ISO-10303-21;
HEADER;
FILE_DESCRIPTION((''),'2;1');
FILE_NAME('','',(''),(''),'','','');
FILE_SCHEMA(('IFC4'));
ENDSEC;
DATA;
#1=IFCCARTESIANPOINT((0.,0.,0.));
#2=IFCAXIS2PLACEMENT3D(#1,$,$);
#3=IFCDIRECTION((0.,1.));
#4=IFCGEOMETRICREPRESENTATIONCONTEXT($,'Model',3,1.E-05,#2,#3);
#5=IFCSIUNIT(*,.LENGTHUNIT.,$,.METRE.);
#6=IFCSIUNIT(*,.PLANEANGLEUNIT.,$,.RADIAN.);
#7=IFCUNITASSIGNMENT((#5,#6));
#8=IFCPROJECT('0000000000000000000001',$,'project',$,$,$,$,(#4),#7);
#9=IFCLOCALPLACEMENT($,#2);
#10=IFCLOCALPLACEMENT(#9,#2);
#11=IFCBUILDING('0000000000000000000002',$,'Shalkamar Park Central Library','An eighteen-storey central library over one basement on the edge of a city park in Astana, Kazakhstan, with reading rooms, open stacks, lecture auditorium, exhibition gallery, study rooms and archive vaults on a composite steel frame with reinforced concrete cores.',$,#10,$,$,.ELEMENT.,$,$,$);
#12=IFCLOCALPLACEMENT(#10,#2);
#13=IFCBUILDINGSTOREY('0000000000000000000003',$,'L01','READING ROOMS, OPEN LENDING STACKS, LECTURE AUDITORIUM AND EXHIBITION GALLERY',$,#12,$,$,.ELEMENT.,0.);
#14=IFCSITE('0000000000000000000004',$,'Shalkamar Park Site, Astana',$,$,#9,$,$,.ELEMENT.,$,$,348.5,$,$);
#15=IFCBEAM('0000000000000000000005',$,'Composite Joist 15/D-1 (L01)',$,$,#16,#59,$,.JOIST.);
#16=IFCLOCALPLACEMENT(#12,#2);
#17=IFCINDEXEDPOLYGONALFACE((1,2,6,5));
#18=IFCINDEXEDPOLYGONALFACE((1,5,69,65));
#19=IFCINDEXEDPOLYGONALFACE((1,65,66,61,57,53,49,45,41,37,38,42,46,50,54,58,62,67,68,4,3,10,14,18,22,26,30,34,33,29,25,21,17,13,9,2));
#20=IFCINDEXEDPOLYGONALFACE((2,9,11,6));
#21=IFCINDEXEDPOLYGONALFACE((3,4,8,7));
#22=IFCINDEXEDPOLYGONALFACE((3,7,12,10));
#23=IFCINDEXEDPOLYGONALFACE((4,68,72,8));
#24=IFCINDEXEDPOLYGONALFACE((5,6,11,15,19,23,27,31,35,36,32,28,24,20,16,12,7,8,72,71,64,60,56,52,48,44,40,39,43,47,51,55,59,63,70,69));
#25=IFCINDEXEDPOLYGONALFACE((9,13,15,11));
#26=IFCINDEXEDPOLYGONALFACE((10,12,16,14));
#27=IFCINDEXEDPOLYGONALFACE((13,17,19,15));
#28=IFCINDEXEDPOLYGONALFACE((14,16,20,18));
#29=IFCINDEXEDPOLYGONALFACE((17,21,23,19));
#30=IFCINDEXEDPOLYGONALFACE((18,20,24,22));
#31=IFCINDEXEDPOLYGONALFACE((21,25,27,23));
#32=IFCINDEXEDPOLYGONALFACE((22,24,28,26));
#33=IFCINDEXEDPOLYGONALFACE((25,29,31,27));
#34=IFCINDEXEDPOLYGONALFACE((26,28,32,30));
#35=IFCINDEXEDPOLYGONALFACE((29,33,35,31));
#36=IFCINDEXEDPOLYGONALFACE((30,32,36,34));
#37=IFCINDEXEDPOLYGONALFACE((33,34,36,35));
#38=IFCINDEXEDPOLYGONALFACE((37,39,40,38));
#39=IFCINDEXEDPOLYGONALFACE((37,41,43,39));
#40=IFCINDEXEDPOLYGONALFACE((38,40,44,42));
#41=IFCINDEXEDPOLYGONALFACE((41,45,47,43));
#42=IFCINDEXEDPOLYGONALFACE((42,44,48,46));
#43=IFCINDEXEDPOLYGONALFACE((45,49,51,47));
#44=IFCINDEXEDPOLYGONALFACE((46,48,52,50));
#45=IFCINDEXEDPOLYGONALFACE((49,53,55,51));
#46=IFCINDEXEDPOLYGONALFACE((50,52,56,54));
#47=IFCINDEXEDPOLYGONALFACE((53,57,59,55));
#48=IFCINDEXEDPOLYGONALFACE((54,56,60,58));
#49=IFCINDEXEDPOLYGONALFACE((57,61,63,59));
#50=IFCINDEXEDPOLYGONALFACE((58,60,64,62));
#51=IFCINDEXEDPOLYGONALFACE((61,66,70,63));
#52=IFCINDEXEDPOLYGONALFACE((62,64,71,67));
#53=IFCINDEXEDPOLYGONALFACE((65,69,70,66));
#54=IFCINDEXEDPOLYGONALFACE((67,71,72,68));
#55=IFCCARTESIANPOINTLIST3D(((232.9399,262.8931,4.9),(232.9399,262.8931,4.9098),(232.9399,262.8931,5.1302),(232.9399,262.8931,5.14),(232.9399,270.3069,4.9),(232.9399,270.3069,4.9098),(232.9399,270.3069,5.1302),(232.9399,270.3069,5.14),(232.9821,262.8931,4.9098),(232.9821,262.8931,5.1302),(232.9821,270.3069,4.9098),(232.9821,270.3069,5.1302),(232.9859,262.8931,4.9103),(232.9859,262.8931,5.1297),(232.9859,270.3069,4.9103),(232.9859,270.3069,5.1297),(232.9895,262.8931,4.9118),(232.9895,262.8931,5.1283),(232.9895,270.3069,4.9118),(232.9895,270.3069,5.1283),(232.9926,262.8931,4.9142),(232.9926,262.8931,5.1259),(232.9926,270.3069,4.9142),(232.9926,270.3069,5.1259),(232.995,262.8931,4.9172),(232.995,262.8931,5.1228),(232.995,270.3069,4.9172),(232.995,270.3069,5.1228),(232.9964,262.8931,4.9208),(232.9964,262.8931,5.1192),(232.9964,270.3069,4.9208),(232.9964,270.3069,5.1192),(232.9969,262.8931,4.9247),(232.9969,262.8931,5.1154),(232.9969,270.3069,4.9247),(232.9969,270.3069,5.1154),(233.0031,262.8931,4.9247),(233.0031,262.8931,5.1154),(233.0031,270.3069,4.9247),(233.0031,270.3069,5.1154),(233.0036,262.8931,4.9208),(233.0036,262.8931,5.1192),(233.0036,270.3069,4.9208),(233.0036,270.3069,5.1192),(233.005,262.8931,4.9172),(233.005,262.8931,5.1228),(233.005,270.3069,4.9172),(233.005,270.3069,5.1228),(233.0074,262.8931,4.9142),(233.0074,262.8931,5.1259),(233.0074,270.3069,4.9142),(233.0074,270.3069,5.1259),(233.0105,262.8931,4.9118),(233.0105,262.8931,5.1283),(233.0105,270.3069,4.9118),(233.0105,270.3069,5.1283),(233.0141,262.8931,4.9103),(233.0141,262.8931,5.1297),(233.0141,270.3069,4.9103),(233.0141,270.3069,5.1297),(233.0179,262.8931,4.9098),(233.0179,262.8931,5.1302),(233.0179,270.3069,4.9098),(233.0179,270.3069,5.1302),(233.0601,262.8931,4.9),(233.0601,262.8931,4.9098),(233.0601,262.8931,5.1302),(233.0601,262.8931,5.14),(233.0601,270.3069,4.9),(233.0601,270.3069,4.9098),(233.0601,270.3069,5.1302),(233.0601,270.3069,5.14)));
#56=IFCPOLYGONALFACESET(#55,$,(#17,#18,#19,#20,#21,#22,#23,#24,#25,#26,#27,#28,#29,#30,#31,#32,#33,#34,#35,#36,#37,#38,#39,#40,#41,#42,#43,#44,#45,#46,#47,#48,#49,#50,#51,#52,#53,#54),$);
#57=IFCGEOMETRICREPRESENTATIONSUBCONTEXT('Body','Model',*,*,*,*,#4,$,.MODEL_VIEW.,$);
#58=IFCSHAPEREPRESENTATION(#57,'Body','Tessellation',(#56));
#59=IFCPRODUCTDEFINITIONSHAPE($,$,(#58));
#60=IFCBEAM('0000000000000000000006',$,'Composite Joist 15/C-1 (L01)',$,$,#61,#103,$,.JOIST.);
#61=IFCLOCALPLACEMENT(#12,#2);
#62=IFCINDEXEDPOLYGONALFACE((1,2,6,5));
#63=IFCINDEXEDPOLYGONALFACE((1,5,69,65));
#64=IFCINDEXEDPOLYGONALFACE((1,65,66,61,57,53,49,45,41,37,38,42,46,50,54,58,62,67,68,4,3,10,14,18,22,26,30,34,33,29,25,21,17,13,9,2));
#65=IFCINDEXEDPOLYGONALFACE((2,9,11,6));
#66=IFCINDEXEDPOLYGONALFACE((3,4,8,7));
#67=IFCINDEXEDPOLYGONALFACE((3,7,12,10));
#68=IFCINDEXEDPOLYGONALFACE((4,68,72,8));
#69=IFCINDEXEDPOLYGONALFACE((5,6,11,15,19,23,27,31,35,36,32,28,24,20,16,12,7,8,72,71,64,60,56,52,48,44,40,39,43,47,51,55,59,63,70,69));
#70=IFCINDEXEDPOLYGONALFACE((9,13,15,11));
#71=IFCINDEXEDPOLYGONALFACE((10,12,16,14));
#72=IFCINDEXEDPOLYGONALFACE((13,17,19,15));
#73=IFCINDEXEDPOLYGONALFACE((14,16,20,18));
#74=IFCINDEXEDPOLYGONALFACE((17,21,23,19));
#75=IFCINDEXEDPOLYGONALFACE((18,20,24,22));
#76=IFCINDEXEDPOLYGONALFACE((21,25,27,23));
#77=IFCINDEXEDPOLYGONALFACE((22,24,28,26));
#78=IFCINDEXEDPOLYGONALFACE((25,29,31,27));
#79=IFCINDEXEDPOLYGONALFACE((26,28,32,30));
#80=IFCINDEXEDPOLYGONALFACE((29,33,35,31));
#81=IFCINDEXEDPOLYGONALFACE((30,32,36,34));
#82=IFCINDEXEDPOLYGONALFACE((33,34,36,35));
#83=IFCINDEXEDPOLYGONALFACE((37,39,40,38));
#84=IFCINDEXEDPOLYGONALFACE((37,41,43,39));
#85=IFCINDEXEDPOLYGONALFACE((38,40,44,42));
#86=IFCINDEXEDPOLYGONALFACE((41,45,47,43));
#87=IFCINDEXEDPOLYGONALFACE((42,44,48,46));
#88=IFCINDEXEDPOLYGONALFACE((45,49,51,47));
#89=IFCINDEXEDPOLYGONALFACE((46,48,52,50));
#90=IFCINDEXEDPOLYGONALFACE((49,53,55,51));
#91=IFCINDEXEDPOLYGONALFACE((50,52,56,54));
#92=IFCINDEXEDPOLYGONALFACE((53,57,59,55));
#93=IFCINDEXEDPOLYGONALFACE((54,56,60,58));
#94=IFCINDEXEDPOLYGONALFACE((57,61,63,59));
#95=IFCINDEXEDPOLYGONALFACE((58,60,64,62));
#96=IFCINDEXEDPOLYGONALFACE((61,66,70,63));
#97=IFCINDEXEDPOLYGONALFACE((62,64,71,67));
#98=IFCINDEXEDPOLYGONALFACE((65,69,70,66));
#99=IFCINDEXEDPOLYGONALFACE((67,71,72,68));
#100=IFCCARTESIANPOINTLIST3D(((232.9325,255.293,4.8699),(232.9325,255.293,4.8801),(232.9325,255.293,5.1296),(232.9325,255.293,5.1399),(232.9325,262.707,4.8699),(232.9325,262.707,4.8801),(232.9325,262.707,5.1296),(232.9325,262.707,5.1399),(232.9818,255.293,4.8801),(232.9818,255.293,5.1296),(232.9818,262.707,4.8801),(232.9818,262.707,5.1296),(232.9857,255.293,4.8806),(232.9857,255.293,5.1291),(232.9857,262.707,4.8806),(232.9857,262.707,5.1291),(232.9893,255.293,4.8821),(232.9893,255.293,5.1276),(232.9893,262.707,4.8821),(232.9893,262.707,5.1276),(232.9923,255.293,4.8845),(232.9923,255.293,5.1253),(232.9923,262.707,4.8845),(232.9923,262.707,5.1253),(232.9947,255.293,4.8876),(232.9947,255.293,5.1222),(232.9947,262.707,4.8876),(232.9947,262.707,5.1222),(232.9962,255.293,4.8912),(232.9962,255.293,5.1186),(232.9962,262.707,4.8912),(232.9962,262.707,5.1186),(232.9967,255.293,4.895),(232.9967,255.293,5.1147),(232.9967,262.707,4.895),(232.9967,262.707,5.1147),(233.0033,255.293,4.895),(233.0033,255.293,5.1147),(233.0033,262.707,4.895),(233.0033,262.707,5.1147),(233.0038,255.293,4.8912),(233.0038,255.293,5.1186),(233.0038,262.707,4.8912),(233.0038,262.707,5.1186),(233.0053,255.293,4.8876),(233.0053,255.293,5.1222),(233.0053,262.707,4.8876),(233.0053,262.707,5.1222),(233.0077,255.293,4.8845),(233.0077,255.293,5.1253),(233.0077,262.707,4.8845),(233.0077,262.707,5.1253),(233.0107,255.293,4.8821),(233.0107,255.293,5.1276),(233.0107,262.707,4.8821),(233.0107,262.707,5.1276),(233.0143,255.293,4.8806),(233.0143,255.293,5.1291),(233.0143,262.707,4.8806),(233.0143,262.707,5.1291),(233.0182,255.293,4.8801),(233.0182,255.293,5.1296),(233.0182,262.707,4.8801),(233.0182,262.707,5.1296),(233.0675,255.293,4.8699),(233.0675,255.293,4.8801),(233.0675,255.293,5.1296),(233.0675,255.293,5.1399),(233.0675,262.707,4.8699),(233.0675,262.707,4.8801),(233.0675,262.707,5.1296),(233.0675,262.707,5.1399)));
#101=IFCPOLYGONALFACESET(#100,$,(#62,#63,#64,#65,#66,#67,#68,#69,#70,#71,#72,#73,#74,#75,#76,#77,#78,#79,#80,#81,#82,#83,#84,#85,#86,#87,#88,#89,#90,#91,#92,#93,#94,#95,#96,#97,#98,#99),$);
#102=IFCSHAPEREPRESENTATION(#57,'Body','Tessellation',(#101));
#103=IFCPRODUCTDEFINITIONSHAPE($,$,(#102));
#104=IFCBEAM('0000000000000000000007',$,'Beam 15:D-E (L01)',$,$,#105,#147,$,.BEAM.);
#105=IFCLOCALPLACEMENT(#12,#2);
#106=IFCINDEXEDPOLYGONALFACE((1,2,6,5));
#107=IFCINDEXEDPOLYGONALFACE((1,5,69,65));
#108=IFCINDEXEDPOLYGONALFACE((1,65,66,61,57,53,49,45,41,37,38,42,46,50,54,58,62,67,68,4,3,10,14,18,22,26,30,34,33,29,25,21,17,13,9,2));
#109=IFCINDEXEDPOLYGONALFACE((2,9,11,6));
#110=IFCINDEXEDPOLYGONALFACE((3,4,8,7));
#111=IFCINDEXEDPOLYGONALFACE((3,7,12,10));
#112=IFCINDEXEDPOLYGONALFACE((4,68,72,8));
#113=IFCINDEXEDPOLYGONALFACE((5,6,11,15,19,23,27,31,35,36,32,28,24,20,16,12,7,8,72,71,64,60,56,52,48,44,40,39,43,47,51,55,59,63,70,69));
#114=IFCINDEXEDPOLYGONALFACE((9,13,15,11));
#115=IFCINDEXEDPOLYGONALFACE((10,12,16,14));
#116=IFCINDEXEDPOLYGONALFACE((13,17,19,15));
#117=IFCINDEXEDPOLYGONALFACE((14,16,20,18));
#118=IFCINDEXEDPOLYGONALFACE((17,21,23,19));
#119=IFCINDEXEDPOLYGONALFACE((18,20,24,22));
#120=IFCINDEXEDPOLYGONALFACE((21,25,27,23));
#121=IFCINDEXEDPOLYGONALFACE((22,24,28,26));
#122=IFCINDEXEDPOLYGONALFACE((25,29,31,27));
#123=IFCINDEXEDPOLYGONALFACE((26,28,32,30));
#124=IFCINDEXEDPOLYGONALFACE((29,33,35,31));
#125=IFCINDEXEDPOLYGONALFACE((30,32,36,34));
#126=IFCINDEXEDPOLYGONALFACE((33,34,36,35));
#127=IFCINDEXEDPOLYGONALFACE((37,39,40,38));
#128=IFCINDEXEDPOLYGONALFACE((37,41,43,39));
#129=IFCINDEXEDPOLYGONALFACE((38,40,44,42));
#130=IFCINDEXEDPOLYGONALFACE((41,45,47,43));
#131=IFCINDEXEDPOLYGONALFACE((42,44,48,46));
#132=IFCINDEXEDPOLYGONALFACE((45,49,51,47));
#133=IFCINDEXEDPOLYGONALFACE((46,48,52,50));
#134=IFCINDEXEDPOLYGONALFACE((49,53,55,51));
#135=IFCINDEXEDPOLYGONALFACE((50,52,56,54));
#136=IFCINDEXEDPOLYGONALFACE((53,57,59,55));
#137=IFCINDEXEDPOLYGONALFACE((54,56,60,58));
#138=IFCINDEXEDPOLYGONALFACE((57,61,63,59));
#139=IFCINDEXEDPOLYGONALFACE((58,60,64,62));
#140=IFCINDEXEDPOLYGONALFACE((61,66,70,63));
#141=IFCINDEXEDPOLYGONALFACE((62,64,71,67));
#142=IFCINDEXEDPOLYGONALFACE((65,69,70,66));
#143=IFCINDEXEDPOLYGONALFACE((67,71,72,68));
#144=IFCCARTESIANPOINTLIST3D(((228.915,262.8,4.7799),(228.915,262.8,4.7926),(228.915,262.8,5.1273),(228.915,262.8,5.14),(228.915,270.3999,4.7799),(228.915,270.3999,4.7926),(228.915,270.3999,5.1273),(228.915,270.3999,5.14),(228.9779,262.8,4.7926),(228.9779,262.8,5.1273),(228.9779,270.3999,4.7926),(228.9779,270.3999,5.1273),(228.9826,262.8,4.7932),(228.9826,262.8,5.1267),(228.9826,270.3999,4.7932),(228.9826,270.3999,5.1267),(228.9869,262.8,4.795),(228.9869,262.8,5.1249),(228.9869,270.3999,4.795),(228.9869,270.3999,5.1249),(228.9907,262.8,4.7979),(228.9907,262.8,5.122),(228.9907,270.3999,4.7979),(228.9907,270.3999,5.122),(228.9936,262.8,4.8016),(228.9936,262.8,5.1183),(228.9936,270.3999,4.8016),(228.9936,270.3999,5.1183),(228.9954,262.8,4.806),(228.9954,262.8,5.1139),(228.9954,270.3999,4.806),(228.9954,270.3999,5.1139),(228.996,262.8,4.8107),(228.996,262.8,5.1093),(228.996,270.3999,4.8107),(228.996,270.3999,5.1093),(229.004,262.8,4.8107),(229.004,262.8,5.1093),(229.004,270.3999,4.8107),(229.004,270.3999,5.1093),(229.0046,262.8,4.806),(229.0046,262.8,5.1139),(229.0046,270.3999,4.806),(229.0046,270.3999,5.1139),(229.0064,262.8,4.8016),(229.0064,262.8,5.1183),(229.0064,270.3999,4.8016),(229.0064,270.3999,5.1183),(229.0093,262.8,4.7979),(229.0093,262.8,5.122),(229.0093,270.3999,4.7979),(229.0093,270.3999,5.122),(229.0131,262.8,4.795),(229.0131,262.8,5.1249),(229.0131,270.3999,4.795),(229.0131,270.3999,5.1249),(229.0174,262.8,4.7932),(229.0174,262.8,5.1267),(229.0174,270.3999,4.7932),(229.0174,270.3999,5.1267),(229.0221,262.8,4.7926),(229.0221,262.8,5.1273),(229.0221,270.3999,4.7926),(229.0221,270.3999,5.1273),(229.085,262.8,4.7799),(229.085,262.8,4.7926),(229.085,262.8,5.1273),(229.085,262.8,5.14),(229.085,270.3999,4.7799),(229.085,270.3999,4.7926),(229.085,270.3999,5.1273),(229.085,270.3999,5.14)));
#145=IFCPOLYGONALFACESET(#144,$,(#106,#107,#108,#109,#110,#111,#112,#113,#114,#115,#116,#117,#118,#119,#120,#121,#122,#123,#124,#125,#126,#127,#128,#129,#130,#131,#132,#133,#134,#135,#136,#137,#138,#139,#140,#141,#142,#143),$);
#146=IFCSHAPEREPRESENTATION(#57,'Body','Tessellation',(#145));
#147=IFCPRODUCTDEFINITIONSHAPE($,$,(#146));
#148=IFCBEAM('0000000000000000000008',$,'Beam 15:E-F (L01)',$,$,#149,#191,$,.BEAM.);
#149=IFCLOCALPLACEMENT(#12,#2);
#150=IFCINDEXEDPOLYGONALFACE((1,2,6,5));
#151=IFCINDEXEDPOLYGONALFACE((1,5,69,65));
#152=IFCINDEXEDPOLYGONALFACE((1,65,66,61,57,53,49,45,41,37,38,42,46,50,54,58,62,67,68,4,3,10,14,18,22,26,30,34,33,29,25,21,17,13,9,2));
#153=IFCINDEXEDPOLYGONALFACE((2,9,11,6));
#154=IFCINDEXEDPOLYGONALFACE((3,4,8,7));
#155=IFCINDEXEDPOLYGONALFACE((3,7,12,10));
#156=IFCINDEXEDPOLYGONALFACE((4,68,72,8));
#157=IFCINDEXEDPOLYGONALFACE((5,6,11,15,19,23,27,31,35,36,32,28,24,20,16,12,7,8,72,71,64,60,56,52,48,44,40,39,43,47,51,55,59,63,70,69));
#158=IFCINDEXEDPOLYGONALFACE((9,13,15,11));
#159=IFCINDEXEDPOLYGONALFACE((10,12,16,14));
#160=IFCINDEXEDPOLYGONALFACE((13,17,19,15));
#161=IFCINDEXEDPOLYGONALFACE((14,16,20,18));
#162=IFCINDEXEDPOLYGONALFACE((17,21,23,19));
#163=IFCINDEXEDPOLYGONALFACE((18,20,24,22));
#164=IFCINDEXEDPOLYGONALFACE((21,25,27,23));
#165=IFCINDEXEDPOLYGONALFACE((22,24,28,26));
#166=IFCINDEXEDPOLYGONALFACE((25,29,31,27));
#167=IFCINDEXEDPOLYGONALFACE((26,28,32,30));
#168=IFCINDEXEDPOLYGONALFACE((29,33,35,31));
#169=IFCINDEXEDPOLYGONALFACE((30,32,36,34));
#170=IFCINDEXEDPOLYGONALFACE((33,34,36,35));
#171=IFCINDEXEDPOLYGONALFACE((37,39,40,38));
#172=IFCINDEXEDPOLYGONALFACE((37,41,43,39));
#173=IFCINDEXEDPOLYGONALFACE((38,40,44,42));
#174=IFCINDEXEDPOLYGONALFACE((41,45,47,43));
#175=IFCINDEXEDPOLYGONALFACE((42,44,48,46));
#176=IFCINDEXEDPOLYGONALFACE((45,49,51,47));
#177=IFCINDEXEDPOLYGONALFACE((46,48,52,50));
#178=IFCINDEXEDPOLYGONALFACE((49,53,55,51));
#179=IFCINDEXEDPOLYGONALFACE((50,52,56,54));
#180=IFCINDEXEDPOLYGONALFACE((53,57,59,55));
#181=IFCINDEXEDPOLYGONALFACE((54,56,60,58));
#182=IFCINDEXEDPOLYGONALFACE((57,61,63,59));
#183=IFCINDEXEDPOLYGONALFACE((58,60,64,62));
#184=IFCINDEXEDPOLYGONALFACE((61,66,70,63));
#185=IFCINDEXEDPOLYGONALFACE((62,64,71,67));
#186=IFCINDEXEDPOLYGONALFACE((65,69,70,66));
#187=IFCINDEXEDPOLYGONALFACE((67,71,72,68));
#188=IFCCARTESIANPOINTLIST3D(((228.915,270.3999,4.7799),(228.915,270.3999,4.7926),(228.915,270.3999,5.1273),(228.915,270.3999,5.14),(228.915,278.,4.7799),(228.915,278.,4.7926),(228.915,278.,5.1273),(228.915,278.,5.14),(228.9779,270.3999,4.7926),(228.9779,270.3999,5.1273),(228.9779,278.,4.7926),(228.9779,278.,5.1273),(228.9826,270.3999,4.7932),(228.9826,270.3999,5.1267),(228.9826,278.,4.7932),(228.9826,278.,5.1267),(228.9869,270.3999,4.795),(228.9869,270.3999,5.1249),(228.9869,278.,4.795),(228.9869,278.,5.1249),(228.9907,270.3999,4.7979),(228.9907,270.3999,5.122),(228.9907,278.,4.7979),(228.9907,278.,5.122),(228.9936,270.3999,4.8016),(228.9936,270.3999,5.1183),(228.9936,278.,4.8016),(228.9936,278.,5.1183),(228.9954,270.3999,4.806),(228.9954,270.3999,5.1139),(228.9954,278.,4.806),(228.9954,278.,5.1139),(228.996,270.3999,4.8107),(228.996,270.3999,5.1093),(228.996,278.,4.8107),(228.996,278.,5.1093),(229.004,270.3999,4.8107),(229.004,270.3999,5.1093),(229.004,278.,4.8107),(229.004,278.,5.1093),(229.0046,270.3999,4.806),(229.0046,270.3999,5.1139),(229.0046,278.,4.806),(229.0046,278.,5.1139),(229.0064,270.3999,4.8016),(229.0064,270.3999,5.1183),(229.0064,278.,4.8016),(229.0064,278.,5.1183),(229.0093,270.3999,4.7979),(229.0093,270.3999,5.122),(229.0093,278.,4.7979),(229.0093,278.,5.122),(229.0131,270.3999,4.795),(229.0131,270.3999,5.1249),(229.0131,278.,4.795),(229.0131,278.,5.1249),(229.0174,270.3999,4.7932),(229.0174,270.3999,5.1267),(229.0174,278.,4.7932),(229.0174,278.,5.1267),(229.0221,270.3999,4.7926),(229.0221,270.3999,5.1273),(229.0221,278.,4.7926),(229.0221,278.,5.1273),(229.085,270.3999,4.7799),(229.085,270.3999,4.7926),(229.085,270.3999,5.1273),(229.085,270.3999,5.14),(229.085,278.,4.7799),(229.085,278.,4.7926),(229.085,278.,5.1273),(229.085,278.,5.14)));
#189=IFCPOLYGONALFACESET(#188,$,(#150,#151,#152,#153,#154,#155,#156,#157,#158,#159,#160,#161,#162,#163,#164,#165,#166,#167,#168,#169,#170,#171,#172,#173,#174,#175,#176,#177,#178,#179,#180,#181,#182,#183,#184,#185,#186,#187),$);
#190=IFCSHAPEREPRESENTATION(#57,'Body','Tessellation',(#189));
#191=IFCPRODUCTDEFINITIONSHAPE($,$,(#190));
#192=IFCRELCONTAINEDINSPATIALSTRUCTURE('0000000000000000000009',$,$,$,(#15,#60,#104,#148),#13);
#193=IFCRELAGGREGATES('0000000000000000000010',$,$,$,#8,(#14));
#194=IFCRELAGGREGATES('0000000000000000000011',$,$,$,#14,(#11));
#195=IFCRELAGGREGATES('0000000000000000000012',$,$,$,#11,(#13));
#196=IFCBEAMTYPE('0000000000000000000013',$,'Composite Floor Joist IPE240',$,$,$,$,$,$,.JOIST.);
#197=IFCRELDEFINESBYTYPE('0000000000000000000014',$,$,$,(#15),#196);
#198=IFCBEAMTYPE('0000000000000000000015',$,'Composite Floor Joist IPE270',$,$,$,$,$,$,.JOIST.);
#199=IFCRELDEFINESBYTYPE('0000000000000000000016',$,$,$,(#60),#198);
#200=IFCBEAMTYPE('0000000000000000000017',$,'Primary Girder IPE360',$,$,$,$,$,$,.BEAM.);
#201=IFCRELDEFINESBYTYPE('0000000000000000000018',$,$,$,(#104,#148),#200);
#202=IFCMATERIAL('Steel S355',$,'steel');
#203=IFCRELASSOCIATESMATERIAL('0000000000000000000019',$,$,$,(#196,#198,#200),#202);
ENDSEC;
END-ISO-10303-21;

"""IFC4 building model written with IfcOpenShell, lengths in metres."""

from ifc_helpers import new_model, si_unit, direction, frame, origin, origin_2d, place, context, subcontext, project, spatial, i_section, extrude, material, material_profile, profile_set, type_object, element, save


model = new_model("IFC4")

# Units and contexts
model_context = context("Model", 3, precision=1e-05, world=origin(), true_north=direction((0.0, 1.0)))
body_context = subcontext(model_context, "Body", "Model", "MODEL_VIEW")
ifc_project = project(units=[si_unit("LENGTHUNIT", "METRE"), si_unit("PLANEANGLEUNIT", "RADIAN")], contexts=[model_context])

# Site, building, storey
site_placement = place(None, origin())
site = spatial("IfcSite", under=ifc_project, at=site_placement, Name="Shalkamar Park Site, Astana", CompositionType="ELEMENT", RefElevation=348.5)
building_placement = place(site_placement, origin())
building = spatial("IfcBuilding", under=site, at=building_placement, Name="Shalkamar Park Central Library", Description="An eighteen-storey central library over one basement on the edge of a city park in Astana, Kazakhstan, with reading rooms, open stacks, lecture auditorium, exhibition gallery, study rooms and archive vaults on a composite steel frame with reinforced concrete cores.", CompositionType="ELEMENT")
storey_placement = place(building_placement, origin())
storey = spatial("IfcBuildingStorey", under=building, at=storey_placement, Name="L01", Description="READING ROOMS, OPEN LENDING STACKS, LECTURE AUDITORIUM AND EXHIBITION GALLERY", CompositionType="ELEMENT", Elevation=0.0)

# Shared definitions
ifc_material_1 = material(Name="Steel S355", Category="steel")

# Beams
ifc_material_profile_1 = material_profile(ifc_material_1, i_section(OverallWidth=0.1201, OverallDepth=0.24, WebThickness=0.0061, FlangeThickness=0.0098, FilletRadius=0.0149, at=origin_2d()), Name="IPE 240")
ifc_profile_set_1 = profile_set([ifc_material_profile_1], Name="Steel S355")
beam_type_1 = type_object("IfcBeamType", Name="Composite Floor Joist IPE240", PredefinedType="JOIST", material=ifc_profile_set_1)
beam_1_placement = place(storey_placement, frame((233.0, 262.8931, 5.02), z_axis=(0.0, 1.0, 0.0), x_axis=(-1.0, 0.0, 0.0)))
element("IfcBeam", 1, at=beam_1_placement, inside=storey, type_object=beam_type_1, Name="Composite Joist 15/D-1 (L01)", PredefinedType="JOIST", context=body_context, shape_type="SweptSolid", body=[
    extrude(i_section(OverallWidth=0.1201, OverallDepth=0.24, WebThickness=0.0061, FlangeThickness=0.0098, FilletRadius=0.0149, at=origin_2d()), origin(), (0.0, 0.0, 1.0), 7.4138),
])
ifc_material_profile_2 = material_profile(ifc_material_1, i_section(OverallWidth=0.135, OverallDepth=0.27, WebThickness=0.0066, FlangeThickness=0.0103, FilletRadius=0.0149, at=origin_2d()), Name="IPE 270")
ifc_profile_set_2 = profile_set([ifc_material_profile_2], Name="Steel S355")
beam_type_2 = type_object("IfcBeamType", Name="Composite Floor Joist IPE270", PredefinedType="JOIST", material=ifc_profile_set_2)
beam_2_placement = place(storey_placement, frame((233.0, 255.293, 5.0049), z_axis=(0.0, 1.0, 0.0), x_axis=(-1.0, 0.0, 0.0)))
element("IfcBeam", 2, at=beam_2_placement, inside=storey, type_object=beam_type_2, Name="Composite Joist 15/C-1 (L01)", PredefinedType="JOIST", context=body_context, shape_type="SweptSolid", body=[
    extrude(i_section(OverallWidth=0.135, OverallDepth=0.27, WebThickness=0.0066, FlangeThickness=0.0103, FilletRadius=0.0149, at=origin_2d()), origin(), (0.0, 0.0, 1.0), 7.4141),
])
ifc_material_profile_3 = material_profile(ifc_material_1, i_section(OverallWidth=0.1699, OverallDepth=0.3601, WebThickness=0.0081, FlangeThickness=0.0127, FilletRadius=0.0181, at=origin_2d()), Name="IPE 360")
ifc_profile_set_3 = profile_set([ifc_material_profile_3], Name="Steel S355")
beam_type_3 = type_object("IfcBeamType", Name="Primary Girder IPE360", PredefinedType="BEAM", material=ifc_profile_set_3)
beam_3_placement = place(storey_placement, frame((229.0, 262.8, 4.96), z_axis=(0.0, 1.0, 0.0), x_axis=(-1.0, 0.0, 0.0)))
element("IfcBeam", 3, at=beam_3_placement, inside=storey, type_object=beam_type_3, Name="Beam 15:D-E (L01)", PredefinedType="BEAM", context=body_context, shape_type="SweptSolid", body=[
    extrude(i_section(OverallWidth=0.1699, OverallDepth=0.3601, WebThickness=0.0081, FlangeThickness=0.0127, FilletRadius=0.0181, at=origin_2d()), origin(), (0.0, 0.0, 1.0), 7.5999),
])
beam_4_placement = place(storey_placement, frame((229.0, 270.3999, 4.96), z_axis=(0.0, 1.0, 0.0), x_axis=(-1.0, 0.0, 0.0)))
element("IfcBeam", 4, at=beam_4_placement, inside=storey, type_object=beam_type_3, Name="Beam 15:E-F (L01)", PredefinedType="BEAM", context=body_context, shape_type="SweptSolid", body=[
    extrude(i_section(OverallWidth=0.1699, OverallDepth=0.3601, WebThickness=0.0081, FlangeThickness=0.0127, FilletRadius=0.0181, at=origin_2d()), origin(), (0.0, 0.0, 1.0), 7.6001),
])

save(model, "model.ifc")
